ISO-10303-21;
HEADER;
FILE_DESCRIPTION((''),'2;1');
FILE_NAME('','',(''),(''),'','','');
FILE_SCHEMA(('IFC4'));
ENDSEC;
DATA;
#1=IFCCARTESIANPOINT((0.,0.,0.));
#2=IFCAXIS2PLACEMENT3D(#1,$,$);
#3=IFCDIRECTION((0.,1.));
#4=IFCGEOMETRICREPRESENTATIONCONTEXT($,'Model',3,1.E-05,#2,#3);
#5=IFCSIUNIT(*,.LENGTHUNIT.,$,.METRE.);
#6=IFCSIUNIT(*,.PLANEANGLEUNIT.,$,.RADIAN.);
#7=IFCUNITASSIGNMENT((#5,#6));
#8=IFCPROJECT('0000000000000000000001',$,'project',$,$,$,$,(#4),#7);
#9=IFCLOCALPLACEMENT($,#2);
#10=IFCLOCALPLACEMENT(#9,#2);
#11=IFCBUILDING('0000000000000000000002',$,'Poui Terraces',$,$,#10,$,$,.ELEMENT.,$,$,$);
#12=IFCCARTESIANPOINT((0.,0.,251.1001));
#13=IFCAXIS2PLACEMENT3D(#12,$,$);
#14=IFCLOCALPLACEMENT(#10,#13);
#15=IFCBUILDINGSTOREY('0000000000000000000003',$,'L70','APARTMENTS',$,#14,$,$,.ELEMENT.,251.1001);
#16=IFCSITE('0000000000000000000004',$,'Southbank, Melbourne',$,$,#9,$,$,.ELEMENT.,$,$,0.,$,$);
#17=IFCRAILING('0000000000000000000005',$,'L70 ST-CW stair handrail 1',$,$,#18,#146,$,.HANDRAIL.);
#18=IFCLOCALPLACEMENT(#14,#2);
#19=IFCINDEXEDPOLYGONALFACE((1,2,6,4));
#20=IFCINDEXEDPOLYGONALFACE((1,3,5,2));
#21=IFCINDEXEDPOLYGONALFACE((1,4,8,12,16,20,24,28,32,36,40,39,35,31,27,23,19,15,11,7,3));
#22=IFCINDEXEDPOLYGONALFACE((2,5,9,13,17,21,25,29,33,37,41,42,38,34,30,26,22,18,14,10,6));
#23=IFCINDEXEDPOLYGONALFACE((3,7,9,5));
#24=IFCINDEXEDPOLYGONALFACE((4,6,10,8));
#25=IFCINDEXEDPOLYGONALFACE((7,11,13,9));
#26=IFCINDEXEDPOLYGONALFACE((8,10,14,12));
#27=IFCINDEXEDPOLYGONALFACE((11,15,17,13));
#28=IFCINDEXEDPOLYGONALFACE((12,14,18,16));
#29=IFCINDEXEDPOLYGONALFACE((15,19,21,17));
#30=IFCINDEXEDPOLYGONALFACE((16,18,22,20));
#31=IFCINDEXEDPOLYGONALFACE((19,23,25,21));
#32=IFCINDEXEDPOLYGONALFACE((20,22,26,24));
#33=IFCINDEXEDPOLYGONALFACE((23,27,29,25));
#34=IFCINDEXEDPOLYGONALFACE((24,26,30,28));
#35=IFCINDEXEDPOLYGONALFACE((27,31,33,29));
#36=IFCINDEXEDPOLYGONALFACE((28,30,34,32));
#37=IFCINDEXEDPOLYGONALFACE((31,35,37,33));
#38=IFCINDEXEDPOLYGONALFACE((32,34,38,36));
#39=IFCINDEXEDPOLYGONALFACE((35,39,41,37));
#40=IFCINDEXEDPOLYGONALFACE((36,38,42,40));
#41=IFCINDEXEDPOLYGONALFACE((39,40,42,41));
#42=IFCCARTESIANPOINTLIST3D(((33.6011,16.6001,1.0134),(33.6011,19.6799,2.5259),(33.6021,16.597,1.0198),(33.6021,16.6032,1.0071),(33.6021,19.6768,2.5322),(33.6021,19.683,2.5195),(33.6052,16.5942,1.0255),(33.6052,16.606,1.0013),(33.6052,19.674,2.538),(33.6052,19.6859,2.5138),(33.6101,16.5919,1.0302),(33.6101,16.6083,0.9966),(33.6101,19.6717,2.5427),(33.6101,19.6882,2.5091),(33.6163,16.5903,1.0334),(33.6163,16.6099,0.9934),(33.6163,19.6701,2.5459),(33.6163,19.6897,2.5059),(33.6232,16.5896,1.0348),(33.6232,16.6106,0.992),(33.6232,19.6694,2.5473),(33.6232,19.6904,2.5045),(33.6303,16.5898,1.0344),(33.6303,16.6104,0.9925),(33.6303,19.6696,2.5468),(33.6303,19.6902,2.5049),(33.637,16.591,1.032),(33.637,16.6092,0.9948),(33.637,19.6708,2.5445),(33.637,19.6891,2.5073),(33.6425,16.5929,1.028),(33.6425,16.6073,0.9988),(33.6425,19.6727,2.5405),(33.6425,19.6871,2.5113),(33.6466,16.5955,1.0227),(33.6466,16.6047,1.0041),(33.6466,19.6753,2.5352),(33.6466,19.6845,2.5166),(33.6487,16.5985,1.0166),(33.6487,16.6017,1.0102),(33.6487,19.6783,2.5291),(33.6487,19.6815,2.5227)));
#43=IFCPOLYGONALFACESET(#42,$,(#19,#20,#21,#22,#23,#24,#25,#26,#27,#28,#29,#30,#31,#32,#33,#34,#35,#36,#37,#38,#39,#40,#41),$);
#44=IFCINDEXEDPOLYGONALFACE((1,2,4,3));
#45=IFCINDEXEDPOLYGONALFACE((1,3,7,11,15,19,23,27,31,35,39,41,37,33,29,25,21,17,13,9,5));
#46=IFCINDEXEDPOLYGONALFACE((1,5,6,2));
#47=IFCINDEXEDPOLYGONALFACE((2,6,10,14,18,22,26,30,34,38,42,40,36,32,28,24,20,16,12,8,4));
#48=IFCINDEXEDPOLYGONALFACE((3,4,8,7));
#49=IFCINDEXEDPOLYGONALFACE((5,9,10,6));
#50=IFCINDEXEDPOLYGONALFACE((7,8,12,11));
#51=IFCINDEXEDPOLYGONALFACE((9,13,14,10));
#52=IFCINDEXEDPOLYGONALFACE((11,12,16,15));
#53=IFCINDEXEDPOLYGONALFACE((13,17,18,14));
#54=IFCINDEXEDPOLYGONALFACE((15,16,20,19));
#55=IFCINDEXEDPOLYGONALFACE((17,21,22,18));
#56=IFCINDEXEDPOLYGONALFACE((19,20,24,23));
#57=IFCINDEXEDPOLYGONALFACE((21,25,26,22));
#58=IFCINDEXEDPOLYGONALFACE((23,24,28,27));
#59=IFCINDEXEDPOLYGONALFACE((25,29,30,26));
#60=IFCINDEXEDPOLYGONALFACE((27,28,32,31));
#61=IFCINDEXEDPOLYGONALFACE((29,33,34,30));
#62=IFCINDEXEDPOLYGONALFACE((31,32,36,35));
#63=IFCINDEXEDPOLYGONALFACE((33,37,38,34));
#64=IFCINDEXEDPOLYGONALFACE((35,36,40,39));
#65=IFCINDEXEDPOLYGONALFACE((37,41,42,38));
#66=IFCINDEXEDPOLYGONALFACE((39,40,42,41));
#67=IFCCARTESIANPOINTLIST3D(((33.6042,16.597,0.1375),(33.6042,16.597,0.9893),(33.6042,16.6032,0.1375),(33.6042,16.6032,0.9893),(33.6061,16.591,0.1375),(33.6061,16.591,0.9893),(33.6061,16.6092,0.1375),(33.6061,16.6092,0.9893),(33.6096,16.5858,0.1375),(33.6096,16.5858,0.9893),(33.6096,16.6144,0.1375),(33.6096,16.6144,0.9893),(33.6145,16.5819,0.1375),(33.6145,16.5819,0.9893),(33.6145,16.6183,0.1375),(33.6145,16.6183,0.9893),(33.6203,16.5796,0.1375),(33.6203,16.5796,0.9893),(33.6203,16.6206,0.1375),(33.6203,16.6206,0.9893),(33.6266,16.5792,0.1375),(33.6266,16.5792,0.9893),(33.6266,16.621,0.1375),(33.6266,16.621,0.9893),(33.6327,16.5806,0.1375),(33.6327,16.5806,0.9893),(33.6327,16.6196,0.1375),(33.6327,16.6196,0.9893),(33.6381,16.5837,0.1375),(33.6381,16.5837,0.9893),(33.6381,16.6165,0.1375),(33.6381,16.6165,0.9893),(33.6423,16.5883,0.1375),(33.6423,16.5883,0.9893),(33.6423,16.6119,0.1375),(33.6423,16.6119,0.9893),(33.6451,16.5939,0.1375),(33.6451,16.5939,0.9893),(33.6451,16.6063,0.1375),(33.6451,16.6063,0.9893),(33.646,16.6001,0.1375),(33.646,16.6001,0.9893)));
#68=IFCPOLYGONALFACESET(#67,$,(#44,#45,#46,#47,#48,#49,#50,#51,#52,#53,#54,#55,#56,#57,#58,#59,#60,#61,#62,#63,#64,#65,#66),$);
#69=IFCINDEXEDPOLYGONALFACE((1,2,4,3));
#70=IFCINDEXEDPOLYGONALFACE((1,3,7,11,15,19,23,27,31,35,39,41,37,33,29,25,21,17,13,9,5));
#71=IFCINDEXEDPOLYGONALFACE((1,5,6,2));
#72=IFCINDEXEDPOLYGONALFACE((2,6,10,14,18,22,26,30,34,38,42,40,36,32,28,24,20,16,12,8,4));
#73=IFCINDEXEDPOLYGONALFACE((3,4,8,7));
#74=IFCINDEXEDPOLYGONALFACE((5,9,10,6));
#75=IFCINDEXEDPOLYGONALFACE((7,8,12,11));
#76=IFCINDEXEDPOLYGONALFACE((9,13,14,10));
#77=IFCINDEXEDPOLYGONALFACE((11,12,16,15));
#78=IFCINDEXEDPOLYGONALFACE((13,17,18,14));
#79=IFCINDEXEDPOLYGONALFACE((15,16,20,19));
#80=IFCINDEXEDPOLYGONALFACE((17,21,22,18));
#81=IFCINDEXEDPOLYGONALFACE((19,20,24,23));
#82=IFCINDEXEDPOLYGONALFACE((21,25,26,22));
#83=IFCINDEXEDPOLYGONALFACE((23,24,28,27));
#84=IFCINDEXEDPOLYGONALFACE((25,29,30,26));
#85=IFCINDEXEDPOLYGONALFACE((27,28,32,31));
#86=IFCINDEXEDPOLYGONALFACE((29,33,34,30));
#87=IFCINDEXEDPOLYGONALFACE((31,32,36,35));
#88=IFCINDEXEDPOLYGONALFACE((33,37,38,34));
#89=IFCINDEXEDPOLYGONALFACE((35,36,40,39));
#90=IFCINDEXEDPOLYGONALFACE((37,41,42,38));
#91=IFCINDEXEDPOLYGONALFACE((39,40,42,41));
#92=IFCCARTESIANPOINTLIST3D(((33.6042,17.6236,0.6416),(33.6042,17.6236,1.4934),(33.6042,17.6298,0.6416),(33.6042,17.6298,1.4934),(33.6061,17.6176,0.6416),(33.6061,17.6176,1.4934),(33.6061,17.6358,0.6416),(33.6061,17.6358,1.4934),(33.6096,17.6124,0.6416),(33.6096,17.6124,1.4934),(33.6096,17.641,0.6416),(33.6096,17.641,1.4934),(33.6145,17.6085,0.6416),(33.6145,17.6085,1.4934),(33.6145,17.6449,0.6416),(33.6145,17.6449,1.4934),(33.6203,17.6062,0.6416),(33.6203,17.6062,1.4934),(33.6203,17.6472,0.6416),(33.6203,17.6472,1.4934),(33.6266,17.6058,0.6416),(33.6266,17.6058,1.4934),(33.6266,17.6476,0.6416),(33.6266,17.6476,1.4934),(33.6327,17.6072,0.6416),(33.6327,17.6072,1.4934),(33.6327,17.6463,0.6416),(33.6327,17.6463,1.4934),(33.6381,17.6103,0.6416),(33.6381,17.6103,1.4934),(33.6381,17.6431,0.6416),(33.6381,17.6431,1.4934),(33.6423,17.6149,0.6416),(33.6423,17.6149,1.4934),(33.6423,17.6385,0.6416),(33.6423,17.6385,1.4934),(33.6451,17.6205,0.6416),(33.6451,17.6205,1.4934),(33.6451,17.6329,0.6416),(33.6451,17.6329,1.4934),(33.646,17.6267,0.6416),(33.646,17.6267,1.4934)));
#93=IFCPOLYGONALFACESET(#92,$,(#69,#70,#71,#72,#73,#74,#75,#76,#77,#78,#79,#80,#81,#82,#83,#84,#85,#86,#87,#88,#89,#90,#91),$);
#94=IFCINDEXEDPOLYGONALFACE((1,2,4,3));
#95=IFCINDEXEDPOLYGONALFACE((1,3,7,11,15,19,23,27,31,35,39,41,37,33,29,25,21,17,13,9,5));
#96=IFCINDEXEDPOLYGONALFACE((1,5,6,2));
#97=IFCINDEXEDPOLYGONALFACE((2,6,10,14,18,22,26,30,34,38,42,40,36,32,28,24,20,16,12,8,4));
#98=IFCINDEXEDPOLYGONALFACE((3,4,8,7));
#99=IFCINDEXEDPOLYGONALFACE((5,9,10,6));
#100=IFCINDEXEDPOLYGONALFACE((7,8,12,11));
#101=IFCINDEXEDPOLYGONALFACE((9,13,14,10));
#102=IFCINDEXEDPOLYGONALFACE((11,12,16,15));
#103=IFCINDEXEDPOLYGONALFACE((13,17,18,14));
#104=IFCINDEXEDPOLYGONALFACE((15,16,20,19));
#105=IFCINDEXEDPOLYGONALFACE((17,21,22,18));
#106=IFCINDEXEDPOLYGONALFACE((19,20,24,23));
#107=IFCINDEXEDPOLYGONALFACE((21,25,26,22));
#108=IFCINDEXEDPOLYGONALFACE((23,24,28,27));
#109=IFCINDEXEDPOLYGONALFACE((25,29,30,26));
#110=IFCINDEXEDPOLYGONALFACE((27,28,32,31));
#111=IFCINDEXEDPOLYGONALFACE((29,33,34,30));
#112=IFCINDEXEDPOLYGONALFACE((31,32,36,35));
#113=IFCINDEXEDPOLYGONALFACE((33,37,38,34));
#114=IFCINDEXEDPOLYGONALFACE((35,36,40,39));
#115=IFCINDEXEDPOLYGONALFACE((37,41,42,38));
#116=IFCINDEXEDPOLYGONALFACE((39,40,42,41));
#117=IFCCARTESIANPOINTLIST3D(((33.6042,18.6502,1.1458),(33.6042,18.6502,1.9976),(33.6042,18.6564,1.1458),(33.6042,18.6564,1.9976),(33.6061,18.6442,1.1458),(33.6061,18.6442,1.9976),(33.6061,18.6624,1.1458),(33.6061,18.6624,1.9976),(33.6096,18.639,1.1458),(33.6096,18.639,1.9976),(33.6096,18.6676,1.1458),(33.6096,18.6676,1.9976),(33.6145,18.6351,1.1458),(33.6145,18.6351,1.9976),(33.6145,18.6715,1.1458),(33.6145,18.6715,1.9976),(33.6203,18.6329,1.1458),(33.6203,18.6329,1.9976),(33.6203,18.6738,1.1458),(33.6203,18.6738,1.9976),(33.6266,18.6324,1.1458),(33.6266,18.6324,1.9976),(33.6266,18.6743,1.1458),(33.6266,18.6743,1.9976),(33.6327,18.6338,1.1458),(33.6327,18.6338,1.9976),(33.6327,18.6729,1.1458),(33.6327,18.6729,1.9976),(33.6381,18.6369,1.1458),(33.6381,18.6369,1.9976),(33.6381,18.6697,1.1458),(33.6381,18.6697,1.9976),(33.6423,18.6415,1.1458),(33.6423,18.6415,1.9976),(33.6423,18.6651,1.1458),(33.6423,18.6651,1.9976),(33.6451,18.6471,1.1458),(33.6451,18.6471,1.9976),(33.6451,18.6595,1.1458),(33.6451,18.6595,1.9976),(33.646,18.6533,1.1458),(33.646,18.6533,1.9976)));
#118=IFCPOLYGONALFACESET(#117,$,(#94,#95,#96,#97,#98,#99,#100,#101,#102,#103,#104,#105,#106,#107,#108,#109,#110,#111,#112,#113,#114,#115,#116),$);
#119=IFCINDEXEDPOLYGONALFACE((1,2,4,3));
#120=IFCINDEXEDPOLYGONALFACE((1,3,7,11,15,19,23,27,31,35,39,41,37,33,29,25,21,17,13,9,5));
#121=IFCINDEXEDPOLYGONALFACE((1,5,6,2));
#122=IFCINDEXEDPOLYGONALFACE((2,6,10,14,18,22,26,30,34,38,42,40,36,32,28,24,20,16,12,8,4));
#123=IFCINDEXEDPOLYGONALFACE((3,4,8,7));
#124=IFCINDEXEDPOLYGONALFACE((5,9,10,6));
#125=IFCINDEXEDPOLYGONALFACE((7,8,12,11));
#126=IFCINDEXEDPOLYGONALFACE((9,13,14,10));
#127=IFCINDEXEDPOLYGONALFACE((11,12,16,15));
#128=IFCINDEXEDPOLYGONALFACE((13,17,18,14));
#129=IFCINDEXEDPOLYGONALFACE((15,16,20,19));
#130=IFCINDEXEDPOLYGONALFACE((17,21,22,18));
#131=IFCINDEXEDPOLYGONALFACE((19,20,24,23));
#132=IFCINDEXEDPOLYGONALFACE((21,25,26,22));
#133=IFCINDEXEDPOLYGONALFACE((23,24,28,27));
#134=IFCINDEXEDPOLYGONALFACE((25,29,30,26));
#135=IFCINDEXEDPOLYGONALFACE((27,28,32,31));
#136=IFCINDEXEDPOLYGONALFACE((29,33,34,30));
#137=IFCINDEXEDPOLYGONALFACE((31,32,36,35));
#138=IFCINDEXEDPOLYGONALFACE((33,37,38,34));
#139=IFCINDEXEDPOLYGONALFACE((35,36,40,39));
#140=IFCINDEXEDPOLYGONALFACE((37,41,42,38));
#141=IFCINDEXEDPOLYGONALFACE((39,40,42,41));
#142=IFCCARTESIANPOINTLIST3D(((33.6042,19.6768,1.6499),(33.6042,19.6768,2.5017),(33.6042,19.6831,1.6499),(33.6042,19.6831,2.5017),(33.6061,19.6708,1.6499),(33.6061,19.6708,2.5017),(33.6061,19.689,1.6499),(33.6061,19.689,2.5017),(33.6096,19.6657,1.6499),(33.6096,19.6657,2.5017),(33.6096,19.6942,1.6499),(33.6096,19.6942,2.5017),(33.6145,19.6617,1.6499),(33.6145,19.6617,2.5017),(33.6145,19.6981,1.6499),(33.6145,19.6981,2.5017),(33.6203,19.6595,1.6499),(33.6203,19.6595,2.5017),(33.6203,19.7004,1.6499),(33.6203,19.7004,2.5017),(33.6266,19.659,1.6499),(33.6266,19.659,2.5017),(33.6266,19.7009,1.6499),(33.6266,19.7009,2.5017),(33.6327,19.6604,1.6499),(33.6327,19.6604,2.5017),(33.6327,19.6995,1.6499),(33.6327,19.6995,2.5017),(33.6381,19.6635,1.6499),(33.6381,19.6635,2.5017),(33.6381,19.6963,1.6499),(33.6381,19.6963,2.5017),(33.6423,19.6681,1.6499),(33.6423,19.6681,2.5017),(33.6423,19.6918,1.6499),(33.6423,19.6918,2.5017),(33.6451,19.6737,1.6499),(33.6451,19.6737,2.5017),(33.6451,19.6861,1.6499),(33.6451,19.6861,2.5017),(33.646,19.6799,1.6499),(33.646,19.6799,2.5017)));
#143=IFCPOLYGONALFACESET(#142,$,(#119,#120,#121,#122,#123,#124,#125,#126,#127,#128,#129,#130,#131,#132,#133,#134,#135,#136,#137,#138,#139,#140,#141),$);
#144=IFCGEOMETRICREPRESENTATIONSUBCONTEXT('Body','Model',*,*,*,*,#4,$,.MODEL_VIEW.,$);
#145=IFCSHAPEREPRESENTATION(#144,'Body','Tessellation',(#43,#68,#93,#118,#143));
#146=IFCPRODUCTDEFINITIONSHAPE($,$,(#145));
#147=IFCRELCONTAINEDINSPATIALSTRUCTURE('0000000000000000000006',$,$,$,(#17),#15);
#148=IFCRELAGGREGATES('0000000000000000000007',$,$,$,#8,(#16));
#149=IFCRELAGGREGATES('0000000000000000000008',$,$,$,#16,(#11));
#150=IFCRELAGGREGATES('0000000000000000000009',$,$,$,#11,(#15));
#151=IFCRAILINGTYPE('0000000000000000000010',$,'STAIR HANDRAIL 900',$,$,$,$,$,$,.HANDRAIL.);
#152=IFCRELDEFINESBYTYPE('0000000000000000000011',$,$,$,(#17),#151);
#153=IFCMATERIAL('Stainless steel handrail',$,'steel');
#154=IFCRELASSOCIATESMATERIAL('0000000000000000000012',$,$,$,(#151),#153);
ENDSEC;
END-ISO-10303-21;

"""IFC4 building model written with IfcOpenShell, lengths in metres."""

from ifc_helpers import new_model, si_unit, direction, frame, origin, origin_2d, place, context, subcontext, project, spatial, circle, extrude, material, type_object, element, save


model = new_model("IFC4")

# Units and contexts
model_context = context("Model", 3, precision=1e-05, world=origin(), true_north=direction((0.0, 1.0)))
body_context = subcontext(model_context, "Body", "Model", "MODEL_VIEW")
ifc_project = project(units=[si_unit("LENGTHUNIT", "METRE"), si_unit("PLANEANGLEUNIT", "RADIAN")], contexts=[model_context])

# Site, building, storey
site_placement = place(None, origin())
site = spatial("IfcSite", under=ifc_project, at=site_placement, Name="Southbank, Melbourne", CompositionType="ELEMENT", RefElevation=0.0)
building_placement = place(site_placement, origin())
building = spatial("IfcBuilding", under=site, at=building_placement, Name="Poui Terraces", CompositionType="ELEMENT")
storey_placement = place(building_placement, frame((0.0, 0.0, 251.1001)))
storey = spatial("IfcBuildingStorey", under=building, at=storey_placement, Name="L70", Description="APARTMENTS", CompositionType="ELEMENT", Elevation=251.1001)

# Railing
ifc_material_1 = material(Name="Stainless steel handrail", Category="steel")
railing_type_1 = type_object("IfcRailingType", Name="STAIR HANDRAIL 900", PredefinedType="HANDRAIL", material=ifc_material_1)
railing_1_placement = place(storey_placement, frame((33.625, 16.6001, 0.1375)))
element("IfcRailing", 1, at=railing_1_placement, inside=storey, type_object=railing_type_1, Name="L70 ST-CW stair handrail 1", PredefinedType="HANDRAIL", context=body_context, shape_type="SweptSolid", body=[
    extrude(circle(Radius=0.0239, at=origin_2d()), frame((0.0, 0.0, 0.876), z_axis=(0.0, 0.897606, 0.440798), x_axis=(-1.0, 0.0, 0.0)), (0.0, 0.0, 1.0), 3.4312),
    extrude(circle(Radius=0.021, at=origin_2d()), origin(), (0.0, 0.0, 1.0), 0.8518),
    extrude(circle(Radius=0.021, at=origin_2d()), frame((0.0, 1.0266, 0.5042)), (0.0, 0.0, 1.0), 0.8518),
    extrude(circle(Radius=0.021, at=origin_2d()), frame((0.0, 2.0532, 1.0083)), (0.0, 0.0, 1.0), 0.8518),
    extrude(circle(Radius=0.021, at=origin_2d()), frame((0.0, 3.0798, 1.5125)), (0.0, 0.0, 1.0), 0.8518),
])

save(model, "model.ifc")
